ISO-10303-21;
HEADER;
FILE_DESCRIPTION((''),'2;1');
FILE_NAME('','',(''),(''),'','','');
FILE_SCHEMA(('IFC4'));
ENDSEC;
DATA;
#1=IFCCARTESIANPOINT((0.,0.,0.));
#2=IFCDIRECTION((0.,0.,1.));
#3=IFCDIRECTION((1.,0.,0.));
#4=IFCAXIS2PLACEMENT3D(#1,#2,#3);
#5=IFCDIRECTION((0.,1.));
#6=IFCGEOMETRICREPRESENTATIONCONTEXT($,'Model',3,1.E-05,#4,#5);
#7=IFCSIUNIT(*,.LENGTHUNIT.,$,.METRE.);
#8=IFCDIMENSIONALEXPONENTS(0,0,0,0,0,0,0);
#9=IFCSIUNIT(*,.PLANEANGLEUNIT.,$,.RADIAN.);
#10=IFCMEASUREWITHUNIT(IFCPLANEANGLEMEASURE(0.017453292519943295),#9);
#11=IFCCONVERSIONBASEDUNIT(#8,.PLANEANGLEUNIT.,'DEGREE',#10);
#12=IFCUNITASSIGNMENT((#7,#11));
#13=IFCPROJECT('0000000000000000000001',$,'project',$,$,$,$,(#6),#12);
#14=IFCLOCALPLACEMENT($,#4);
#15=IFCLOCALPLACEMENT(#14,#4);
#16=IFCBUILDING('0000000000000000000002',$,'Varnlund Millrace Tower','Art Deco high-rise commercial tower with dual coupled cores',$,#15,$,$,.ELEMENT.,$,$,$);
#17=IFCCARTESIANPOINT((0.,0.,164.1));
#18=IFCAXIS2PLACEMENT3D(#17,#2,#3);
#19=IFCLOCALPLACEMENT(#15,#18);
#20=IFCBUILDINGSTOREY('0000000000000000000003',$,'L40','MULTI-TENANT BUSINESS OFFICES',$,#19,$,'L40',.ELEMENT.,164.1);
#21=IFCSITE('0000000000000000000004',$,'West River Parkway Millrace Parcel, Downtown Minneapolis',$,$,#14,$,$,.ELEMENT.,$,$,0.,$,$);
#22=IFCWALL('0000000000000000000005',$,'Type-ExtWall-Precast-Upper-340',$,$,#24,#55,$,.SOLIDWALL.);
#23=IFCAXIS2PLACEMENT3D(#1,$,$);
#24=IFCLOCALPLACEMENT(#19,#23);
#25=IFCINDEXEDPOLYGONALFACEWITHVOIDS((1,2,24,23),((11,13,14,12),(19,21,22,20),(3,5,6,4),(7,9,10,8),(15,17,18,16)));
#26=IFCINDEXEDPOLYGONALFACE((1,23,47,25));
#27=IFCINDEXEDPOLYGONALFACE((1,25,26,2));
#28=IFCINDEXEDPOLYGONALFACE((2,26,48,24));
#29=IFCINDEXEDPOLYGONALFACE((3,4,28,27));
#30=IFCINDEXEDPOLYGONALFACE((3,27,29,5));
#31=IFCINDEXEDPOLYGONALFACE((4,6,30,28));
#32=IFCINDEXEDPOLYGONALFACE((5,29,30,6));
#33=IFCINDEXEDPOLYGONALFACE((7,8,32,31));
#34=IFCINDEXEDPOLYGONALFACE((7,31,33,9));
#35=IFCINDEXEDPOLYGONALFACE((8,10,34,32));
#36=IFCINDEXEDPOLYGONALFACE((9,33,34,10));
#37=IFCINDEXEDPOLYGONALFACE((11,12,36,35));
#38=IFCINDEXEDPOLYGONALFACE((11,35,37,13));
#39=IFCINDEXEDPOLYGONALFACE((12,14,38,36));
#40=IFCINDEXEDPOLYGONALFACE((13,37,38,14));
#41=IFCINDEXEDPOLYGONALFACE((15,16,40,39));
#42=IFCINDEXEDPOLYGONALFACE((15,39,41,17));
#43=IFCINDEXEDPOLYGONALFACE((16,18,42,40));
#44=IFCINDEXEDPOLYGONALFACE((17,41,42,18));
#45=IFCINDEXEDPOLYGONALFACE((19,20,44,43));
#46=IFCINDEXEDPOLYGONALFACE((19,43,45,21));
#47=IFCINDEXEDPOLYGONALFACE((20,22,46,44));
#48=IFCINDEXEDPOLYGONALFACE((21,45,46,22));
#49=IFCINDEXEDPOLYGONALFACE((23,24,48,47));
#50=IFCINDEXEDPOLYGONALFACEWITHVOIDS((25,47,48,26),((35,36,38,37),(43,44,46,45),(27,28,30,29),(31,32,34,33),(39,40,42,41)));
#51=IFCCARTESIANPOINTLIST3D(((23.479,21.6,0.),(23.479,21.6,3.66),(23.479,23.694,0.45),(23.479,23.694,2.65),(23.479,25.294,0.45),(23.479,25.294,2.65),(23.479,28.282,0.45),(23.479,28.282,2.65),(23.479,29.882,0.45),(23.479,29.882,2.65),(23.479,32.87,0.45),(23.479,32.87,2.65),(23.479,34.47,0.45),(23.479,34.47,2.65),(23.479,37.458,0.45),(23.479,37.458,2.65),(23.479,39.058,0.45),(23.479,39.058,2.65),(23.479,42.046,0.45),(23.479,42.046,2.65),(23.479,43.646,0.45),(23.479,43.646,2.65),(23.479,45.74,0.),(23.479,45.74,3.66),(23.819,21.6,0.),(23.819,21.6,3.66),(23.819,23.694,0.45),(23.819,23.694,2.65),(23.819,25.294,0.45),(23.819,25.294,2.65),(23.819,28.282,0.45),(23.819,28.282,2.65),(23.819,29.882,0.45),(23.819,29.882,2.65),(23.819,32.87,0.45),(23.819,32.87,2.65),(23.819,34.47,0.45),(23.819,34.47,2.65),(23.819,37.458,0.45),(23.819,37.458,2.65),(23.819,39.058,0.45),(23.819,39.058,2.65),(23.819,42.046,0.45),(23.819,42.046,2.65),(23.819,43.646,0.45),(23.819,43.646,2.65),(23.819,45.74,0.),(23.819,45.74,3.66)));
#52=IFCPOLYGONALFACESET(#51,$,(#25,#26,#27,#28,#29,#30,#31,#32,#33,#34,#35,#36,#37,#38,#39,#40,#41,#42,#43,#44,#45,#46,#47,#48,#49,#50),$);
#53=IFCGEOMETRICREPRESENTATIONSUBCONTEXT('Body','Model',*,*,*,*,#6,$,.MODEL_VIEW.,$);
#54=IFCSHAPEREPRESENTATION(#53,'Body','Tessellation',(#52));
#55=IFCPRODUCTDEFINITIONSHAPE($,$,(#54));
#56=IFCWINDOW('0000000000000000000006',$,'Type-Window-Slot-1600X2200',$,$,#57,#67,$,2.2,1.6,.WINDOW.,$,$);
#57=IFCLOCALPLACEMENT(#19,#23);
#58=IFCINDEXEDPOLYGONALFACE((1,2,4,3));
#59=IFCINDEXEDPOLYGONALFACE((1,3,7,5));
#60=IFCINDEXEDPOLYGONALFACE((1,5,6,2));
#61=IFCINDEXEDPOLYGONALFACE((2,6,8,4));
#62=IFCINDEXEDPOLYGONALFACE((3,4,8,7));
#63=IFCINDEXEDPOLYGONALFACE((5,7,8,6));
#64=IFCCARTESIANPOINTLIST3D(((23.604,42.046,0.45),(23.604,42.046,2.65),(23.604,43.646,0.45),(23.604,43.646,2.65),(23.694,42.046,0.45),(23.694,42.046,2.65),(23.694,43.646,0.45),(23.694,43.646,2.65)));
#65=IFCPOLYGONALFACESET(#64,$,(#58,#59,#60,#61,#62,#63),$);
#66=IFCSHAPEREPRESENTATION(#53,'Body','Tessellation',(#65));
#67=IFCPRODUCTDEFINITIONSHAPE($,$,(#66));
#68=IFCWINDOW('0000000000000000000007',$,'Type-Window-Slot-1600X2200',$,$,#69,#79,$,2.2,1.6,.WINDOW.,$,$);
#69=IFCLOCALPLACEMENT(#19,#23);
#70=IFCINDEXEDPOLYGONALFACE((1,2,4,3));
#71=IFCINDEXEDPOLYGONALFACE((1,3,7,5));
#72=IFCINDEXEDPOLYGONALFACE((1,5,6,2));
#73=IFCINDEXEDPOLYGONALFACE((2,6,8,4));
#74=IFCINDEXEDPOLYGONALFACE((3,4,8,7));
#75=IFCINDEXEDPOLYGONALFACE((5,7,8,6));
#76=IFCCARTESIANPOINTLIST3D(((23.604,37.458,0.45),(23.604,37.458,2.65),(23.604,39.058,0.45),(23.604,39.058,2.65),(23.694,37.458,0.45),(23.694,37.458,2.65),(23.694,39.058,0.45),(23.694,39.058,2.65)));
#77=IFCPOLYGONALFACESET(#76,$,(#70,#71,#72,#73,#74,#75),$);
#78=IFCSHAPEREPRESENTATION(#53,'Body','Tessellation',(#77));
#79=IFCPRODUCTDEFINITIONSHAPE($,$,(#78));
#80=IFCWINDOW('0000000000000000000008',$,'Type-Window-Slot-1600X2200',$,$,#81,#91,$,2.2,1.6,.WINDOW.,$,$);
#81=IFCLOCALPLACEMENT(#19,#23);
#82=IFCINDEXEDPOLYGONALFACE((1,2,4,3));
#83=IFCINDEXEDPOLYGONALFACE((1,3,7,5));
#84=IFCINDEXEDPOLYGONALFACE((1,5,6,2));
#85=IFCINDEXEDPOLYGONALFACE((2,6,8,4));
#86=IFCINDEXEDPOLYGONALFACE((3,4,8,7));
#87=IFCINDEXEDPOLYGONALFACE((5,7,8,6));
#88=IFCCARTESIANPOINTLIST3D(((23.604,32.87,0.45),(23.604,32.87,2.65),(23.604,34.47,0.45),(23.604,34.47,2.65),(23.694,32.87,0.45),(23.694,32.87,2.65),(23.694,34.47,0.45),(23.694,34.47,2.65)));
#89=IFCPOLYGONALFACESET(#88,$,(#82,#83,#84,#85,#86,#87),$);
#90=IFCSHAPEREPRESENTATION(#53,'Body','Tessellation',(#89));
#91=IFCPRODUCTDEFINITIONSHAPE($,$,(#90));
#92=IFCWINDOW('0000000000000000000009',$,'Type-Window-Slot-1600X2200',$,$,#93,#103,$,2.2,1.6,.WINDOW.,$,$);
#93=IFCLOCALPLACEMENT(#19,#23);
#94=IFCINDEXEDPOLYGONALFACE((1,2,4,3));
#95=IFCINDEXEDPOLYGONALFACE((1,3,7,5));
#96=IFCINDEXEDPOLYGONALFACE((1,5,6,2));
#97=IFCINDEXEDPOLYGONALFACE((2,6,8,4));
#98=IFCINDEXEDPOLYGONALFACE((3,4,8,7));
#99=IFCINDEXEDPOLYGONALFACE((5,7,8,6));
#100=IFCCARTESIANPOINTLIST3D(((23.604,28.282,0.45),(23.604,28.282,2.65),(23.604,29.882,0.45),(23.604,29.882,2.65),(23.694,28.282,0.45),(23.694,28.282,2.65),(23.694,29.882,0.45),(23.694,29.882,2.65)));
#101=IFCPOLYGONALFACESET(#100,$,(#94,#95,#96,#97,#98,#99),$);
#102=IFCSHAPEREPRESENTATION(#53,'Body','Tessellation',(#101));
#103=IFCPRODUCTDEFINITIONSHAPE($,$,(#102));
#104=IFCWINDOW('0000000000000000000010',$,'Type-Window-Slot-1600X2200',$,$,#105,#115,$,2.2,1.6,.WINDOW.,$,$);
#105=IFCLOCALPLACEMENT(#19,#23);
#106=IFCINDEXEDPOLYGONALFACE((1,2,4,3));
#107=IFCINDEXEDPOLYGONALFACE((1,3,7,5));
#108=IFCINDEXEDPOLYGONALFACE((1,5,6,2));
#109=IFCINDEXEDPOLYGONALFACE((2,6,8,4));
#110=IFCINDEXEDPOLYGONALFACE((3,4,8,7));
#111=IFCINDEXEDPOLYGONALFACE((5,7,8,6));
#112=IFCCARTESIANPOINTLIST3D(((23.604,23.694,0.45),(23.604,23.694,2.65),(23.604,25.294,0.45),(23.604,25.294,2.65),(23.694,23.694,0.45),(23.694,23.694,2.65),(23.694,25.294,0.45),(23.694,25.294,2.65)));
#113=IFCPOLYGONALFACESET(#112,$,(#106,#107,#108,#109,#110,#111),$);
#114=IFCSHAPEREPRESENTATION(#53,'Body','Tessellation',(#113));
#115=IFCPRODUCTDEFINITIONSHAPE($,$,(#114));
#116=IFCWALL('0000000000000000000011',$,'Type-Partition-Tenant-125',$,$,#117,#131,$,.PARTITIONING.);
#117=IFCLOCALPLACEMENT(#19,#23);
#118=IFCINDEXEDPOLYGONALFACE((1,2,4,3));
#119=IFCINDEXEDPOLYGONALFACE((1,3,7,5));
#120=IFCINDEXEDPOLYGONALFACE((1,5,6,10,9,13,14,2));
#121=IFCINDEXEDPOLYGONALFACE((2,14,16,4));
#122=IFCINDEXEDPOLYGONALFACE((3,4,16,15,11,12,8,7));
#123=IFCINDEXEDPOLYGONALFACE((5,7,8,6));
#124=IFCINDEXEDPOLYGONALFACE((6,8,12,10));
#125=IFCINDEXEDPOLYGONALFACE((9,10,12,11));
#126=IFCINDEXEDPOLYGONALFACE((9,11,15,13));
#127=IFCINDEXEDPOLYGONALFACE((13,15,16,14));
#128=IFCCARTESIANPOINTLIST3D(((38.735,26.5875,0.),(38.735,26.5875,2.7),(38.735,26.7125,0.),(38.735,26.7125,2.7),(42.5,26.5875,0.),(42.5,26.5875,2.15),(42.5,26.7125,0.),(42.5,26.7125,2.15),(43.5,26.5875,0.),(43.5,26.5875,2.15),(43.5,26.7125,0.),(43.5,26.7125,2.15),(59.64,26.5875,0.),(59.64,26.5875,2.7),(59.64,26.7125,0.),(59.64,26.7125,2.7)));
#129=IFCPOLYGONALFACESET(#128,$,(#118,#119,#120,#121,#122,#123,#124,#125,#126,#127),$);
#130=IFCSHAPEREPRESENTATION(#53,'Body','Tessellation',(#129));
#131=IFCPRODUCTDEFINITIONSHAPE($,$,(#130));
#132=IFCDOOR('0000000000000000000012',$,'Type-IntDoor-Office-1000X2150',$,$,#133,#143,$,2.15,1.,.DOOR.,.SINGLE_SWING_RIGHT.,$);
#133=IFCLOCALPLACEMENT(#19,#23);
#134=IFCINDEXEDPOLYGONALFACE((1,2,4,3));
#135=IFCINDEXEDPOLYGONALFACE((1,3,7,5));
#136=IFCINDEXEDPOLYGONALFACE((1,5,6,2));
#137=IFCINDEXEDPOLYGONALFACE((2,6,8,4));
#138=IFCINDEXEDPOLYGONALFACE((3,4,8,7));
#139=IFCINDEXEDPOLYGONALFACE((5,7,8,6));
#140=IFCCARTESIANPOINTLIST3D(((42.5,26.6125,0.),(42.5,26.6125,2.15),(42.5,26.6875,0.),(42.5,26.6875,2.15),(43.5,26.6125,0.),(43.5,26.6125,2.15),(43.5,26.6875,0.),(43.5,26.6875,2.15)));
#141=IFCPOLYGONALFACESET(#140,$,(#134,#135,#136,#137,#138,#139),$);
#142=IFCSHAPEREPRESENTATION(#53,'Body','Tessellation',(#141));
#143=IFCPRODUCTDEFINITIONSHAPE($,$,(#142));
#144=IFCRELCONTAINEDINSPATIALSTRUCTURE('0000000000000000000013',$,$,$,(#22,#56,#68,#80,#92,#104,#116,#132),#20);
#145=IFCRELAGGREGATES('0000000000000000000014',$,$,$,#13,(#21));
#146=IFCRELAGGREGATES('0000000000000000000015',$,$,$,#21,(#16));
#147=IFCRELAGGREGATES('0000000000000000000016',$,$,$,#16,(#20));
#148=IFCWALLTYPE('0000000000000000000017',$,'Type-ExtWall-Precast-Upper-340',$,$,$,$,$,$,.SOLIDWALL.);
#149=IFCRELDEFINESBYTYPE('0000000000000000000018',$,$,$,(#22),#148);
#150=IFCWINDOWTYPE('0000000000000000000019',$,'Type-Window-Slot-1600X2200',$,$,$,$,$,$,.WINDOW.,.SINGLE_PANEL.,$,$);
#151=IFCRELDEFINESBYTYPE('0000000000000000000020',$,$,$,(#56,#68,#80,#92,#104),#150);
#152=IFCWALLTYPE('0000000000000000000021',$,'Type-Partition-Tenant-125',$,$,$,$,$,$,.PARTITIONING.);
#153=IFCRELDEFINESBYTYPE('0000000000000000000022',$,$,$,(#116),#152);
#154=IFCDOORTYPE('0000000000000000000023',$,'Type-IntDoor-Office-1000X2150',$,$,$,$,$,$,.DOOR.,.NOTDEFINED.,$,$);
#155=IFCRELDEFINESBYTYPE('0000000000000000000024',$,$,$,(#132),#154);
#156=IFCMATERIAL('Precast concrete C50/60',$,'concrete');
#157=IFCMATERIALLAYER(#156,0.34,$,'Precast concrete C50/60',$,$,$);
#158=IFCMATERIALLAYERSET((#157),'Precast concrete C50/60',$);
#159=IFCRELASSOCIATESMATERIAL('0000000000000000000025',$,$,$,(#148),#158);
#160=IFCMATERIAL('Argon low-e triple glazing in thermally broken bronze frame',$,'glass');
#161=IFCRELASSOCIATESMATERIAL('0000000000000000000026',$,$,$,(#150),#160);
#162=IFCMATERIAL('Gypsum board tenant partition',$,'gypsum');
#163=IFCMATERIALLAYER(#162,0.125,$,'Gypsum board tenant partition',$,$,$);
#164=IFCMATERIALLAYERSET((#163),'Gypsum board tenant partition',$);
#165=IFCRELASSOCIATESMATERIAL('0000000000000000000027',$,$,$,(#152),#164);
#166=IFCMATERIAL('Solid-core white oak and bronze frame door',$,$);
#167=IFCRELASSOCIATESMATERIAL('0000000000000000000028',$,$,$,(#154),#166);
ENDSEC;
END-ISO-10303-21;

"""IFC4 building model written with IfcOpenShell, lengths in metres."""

from ifc_helpers import new_model, entity, si_unit, converted_unit, direction, frame, origin_with_axes, origin_2d_with_axis, place, context, subcontext, project, spatial, polyline, rectangle, outline, extrude, material, layer, layer_set, type_object, element, fill, save


model = new_model("IFC4")

# Units and contexts
model_context = context("Model", 3, precision=1e-05, world=origin_with_axes(), true_north=direction((0.0, 1.0)))
body_context = subcontext(model_context, "Body", "Model", "MODEL_VIEW")
ifc_project = project(units=[si_unit("LENGTHUNIT", "METRE"), converted_unit("PLANEANGLEUNIT", "DEGREE", entity("IfcPlaneAngleMeasure", 0.017453292519943295), si_unit("PLANEANGLEUNIT", "RADIAN"), dimensions=[0, 0, 0, 0, 0, 0, 0])], contexts=[model_context])

# Site, building, storey
site_placement = place(None, origin_with_axes())
site = spatial("IfcSite", under=ifc_project, at=site_placement, Name="West River Parkway Millrace Parcel, Downtown Minneapolis", CompositionType="ELEMENT", RefElevation=0.0)
building_placement = place(site_placement, origin_with_axes())
building = spatial("IfcBuilding", under=site, at=building_placement, Name="Varnlund Millrace Tower", Description="Art Deco high-rise commercial tower with dual coupled cores", CompositionType="ELEMENT")
storey_placement = place(building_placement, frame((0.0, 0.0, 164.1), z_axis=(0.0, 0.0, 1.0), x_axis=(1.0, 0.0, 0.0)))
storey = spatial("IfcBuildingStorey", under=building, at=storey_placement, Name="L40", Description="MULTI-TENANT BUSINESS OFFICES", LongName="L40", CompositionType="ELEMENT", Elevation=164.1)

# Shared definitions
ifc_material_1 = material(Name="Precast concrete C50/60", Category="concrete")
ifc_layer_1 = layer(ifc_material_1, 0.34, Name="Precast concrete C50/60")
ifc_layer_set_1 = layer_set([ifc_layer_1], Name="Precast concrete C50/60")
wall_type_1 = type_object("IfcWallType", Name="Type-ExtWall-Precast-Upper-340", PredefinedType="SOLIDWALL", material=ifc_layer_set_1)
ifc_material_2 = material(Name="Argon low-e triple glazing in thermally broken bronze frame", Category="glass")

# Wall, openings, windows
wall_1_placement = place(storey_placement, frame((23.649, 45.74, 0.0), z_axis=(0.0, 0.0, 1.0), x_axis=(0.0, -1.0, 0.0)))
wall_1 = element("IfcWall", 1, at=wall_1_placement, inside=storey, type_object=wall_type_1, Name="Type-ExtWall-Precast-Upper-340", PredefinedType="SOLIDWALL", context=body_context, shape_type="SweptSolid", body=[
    extrude(outline(polyline([(0.0, -0.17), (24.14, -0.17), (24.14, 0.17), (0.0, 0.17), (0.0, -0.17)])), origin_with_axes(), (0.0, 0.0, 1.0), 3.66),
])
opening_1_placement = place(wall_1_placement, frame((2.894, 0.0, 0.45), z_axis=(0.0, 0.0, 1.0), x_axis=(1.0, 0.0, 0.0)))
opening_1 = element("IfcOpeningElement", 2, at=opening_1_placement, cuts=wall_1, PredefinedType="OPENING", context=body_context, shape_type="SweptSolid", body=[
    extrude(rectangle(XDim=1.6, YDim=0.36, at=origin_2d_with_axis()), origin_with_axes(), (0.0, 0.0, 1.0), 2.2),
])
opening_2_placement = place(wall_1_placement, frame((7.482, 0.0, 0.45), z_axis=(0.0, 0.0, 1.0), x_axis=(1.0, 0.0, 0.0)))
opening_2 = element("IfcOpeningElement", 3, at=opening_2_placement, cuts=wall_1, PredefinedType="OPENING", context=body_context, shape_type="SweptSolid", body=[
    extrude(rectangle(XDim=1.6, YDim=0.36, at=origin_2d_with_axis()), origin_with_axes(), (0.0, 0.0, 1.0), 2.2),
])
opening_3_placement = place(wall_1_placement, frame((12.07, 0.0, 0.45), z_axis=(0.0, 0.0, 1.0), x_axis=(1.0, 0.0, 0.0)))
opening_3 = element("IfcOpeningElement", 4, at=opening_3_placement, cuts=wall_1, PredefinedType="OPENING", context=body_context, shape_type="SweptSolid", body=[
    extrude(rectangle(XDim=1.6, YDim=0.36, at=origin_2d_with_axis()), origin_with_axes(), (0.0, 0.0, 1.0), 2.2),
])
opening_4_placement = place(wall_1_placement, frame((16.658, 0.0, 0.45), z_axis=(0.0, 0.0, 1.0), x_axis=(1.0, 0.0, 0.0)))
opening_4 = element("IfcOpeningElement", 5, at=opening_4_placement, cuts=wall_1, PredefinedType="OPENING", context=body_context, shape_type="SweptSolid", body=[
    extrude(rectangle(XDim=1.6, YDim=0.36, at=origin_2d_with_axis()), origin_with_axes(), (0.0, 0.0, 1.0), 2.2),
])
opening_5_placement = place(wall_1_placement, frame((21.246, 0.0, 0.45), z_axis=(0.0, 0.0, 1.0), x_axis=(1.0, 0.0, 0.0)))
opening_5 = element("IfcOpeningElement", 6, at=opening_5_placement, cuts=wall_1, PredefinedType="OPENING", context=body_context, shape_type="SweptSolid", body=[
    extrude(rectangle(XDim=1.6, YDim=0.36, at=origin_2d_with_axis()), origin_with_axes(), (0.0, 0.0, 1.0), 2.2),
])
window_type_1 = type_object("IfcWindowType", Name="Type-Window-Slot-1600X2200", PartitioningType="SINGLE_PANEL", PredefinedType="WINDOW", material=ifc_material_2)
window_1_placement = place(wall_1_placement, frame((2.894, 0.0, 0.45), z_axis=(0.0, 0.0, 1.0), x_axis=(1.0, 0.0, 0.0)))
window_1 = element("IfcWindow", 7, at=window_1_placement, inside=storey, type_object=window_type_1, Name="Type-Window-Slot-1600X2200", OverallHeight=2.2, OverallWidth=1.6, PredefinedType="WINDOW", context=body_context, shape_type="SweptSolid", body=[
    extrude(rectangle(XDim=1.6, YDim=0.09, at=origin_2d_with_axis()), origin_with_axes(), (0.0, 0.0, 1.0), 2.2),
])
fill(opening_1, window_1)
window_2_placement = place(wall_1_placement, frame((7.482, 0.0, 0.45), z_axis=(0.0, 0.0, 1.0), x_axis=(1.0, 0.0, 0.0)))
window_2 = element("IfcWindow", 8, at=window_2_placement, inside=storey, type_object=window_type_1, Name="Type-Window-Slot-1600X2200", OverallHeight=2.2, OverallWidth=1.6, PredefinedType="WINDOW", context=body_context, shape_type="SweptSolid", body=[
    extrude(rectangle(XDim=1.6, YDim=0.09, at=origin_2d_with_axis()), origin_with_axes(), (0.0, 0.0, 1.0), 2.2),
])
fill(opening_2, window_2)
window_3_placement = place(wall_1_placement, frame((12.07, 0.0, 0.45), z_axis=(0.0, 0.0, 1.0), x_axis=(1.0, 0.0, 0.0)))
window_3 = element("IfcWindow", 9, at=window_3_placement, inside=storey, type_object=window_type_1, Name="Type-Window-Slot-1600X2200", OverallHeight=2.2, OverallWidth=1.6, PredefinedType="WINDOW", context=body_context, shape_type="SweptSolid", body=[
    extrude(rectangle(XDim=1.6, YDim=0.09, at=origin_2d_with_axis()), origin_with_axes(), (0.0, 0.0, 1.0), 2.2),
])
fill(opening_3, window_3)
window_4_placement = place(wall_1_placement, frame((16.658, 0.0, 0.45), z_axis=(0.0, 0.0, 1.0), x_axis=(1.0, 0.0, 0.0)))
window_4 = element("IfcWindow", 10, at=window_4_placement, inside=storey, type_object=window_type_1, Name="Type-Window-Slot-1600X2200", OverallHeight=2.2, OverallWidth=1.6, PredefinedType="WINDOW", context=body_context, shape_type="SweptSolid", body=[
    extrude(rectangle(XDim=1.6, YDim=0.09, at=origin_2d_with_axis()), origin_with_axes(), (0.0, 0.0, 1.0), 2.2),
])
fill(opening_4, window_4)
window_5_placement = place(wall_1_placement, frame((21.246, 0.0, 0.45), z_axis=(0.0, 0.0, 1.0), x_axis=(1.0, 0.0, 0.0)))
window_5 = element("IfcWindow", 11, at=window_5_placement, inside=storey, type_object=window_type_1, Name="Type-Window-Slot-1600X2200", OverallHeight=2.2, OverallWidth=1.6, PredefinedType="WINDOW", context=body_context, shape_type="SweptSolid", body=[
    extrude(rectangle(XDim=1.6, YDim=0.09, at=origin_2d_with_axis()), origin_with_axes(), (0.0, 0.0, 1.0), 2.2),
])
fill(opening_5, window_5)

# Wall, opening, door
ifc_material_3 = material(Name="Gypsum board tenant partition", Category="gypsum")
ifc_layer_2 = layer(ifc_material_3, 0.125, Name="Gypsum board tenant partition")
ifc_layer_set_2 = layer_set([ifc_layer_2], Name="Gypsum board tenant partition")
wall_type_2 = type_object("IfcWallType", Name="Type-Partition-Tenant-125", PredefinedType="PARTITIONING", material=ifc_layer_set_2)
wall_2_placement = place(storey_placement, frame((38.735, 26.65, 0.0), z_axis=(0.0, 0.0, 1.0), x_axis=(1.0, 0.0, 0.0)))
wall_2 = element("IfcWall", 12, at=wall_2_placement, inside=storey, type_object=wall_type_2, Name="Type-Partition-Tenant-125", PredefinedType="PARTITIONING", context=body_context, shape_type="SweptSolid", body=[
    extrude(outline(polyline([(0.0, -0.0625), (20.905, -0.0625), (20.905, 0.0625), (0.0, 0.0625), (0.0, -0.0625)])), origin_with_axes(), (0.0, 0.0, 1.0), 2.7),
])
opening_6_placement = place(wall_2_placement, frame((4.265, 0.0, 0.0), z_axis=(0.0, 0.0, 1.0), x_axis=(1.0, 0.0, 0.0)))
opening_6 = element("IfcOpeningElement", 13, at=opening_6_placement, cuts=wall_2, PredefinedType="OPENING", context=body_context, shape_type="SweptSolid", body=[
    extrude(rectangle(XDim=1.0, YDim=0.145, at=origin_2d_with_axis()), origin_with_axes(), (0.0, 0.0, 1.0), 2.15),
])
ifc_material_4 = material(Name="Solid-core white oak and bronze frame door")
door_type = type_object("IfcDoorType", Name="Type-IntDoor-Office-1000X2150", OperationType="NOTDEFINED", PredefinedType="DOOR", material=ifc_material_4)
door_placement = place(wall_2_placement, frame((4.265, 0.0, 0.0), z_axis=(0.0, 0.0, 1.0), x_axis=(1.0, 0.0, 0.0)))
door = element("IfcDoor", 14, at=door_placement, inside=storey, type_object=door_type, Name="Type-IntDoor-Office-1000X2150", OperationType="SINGLE_SWING_RIGHT", OverallHeight=2.15, OverallWidth=1.0, PredefinedType="DOOR", context=body_context, shape_type="SweptSolid", body=[
    extrude(rectangle(XDim=1.0, YDim=0.075, at=origin_2d_with_axis()), origin_with_axes(), (0.0, 0.0, 1.0), 2.15),
])
fill(opening_6, door)

save(model, "model.ifc")
